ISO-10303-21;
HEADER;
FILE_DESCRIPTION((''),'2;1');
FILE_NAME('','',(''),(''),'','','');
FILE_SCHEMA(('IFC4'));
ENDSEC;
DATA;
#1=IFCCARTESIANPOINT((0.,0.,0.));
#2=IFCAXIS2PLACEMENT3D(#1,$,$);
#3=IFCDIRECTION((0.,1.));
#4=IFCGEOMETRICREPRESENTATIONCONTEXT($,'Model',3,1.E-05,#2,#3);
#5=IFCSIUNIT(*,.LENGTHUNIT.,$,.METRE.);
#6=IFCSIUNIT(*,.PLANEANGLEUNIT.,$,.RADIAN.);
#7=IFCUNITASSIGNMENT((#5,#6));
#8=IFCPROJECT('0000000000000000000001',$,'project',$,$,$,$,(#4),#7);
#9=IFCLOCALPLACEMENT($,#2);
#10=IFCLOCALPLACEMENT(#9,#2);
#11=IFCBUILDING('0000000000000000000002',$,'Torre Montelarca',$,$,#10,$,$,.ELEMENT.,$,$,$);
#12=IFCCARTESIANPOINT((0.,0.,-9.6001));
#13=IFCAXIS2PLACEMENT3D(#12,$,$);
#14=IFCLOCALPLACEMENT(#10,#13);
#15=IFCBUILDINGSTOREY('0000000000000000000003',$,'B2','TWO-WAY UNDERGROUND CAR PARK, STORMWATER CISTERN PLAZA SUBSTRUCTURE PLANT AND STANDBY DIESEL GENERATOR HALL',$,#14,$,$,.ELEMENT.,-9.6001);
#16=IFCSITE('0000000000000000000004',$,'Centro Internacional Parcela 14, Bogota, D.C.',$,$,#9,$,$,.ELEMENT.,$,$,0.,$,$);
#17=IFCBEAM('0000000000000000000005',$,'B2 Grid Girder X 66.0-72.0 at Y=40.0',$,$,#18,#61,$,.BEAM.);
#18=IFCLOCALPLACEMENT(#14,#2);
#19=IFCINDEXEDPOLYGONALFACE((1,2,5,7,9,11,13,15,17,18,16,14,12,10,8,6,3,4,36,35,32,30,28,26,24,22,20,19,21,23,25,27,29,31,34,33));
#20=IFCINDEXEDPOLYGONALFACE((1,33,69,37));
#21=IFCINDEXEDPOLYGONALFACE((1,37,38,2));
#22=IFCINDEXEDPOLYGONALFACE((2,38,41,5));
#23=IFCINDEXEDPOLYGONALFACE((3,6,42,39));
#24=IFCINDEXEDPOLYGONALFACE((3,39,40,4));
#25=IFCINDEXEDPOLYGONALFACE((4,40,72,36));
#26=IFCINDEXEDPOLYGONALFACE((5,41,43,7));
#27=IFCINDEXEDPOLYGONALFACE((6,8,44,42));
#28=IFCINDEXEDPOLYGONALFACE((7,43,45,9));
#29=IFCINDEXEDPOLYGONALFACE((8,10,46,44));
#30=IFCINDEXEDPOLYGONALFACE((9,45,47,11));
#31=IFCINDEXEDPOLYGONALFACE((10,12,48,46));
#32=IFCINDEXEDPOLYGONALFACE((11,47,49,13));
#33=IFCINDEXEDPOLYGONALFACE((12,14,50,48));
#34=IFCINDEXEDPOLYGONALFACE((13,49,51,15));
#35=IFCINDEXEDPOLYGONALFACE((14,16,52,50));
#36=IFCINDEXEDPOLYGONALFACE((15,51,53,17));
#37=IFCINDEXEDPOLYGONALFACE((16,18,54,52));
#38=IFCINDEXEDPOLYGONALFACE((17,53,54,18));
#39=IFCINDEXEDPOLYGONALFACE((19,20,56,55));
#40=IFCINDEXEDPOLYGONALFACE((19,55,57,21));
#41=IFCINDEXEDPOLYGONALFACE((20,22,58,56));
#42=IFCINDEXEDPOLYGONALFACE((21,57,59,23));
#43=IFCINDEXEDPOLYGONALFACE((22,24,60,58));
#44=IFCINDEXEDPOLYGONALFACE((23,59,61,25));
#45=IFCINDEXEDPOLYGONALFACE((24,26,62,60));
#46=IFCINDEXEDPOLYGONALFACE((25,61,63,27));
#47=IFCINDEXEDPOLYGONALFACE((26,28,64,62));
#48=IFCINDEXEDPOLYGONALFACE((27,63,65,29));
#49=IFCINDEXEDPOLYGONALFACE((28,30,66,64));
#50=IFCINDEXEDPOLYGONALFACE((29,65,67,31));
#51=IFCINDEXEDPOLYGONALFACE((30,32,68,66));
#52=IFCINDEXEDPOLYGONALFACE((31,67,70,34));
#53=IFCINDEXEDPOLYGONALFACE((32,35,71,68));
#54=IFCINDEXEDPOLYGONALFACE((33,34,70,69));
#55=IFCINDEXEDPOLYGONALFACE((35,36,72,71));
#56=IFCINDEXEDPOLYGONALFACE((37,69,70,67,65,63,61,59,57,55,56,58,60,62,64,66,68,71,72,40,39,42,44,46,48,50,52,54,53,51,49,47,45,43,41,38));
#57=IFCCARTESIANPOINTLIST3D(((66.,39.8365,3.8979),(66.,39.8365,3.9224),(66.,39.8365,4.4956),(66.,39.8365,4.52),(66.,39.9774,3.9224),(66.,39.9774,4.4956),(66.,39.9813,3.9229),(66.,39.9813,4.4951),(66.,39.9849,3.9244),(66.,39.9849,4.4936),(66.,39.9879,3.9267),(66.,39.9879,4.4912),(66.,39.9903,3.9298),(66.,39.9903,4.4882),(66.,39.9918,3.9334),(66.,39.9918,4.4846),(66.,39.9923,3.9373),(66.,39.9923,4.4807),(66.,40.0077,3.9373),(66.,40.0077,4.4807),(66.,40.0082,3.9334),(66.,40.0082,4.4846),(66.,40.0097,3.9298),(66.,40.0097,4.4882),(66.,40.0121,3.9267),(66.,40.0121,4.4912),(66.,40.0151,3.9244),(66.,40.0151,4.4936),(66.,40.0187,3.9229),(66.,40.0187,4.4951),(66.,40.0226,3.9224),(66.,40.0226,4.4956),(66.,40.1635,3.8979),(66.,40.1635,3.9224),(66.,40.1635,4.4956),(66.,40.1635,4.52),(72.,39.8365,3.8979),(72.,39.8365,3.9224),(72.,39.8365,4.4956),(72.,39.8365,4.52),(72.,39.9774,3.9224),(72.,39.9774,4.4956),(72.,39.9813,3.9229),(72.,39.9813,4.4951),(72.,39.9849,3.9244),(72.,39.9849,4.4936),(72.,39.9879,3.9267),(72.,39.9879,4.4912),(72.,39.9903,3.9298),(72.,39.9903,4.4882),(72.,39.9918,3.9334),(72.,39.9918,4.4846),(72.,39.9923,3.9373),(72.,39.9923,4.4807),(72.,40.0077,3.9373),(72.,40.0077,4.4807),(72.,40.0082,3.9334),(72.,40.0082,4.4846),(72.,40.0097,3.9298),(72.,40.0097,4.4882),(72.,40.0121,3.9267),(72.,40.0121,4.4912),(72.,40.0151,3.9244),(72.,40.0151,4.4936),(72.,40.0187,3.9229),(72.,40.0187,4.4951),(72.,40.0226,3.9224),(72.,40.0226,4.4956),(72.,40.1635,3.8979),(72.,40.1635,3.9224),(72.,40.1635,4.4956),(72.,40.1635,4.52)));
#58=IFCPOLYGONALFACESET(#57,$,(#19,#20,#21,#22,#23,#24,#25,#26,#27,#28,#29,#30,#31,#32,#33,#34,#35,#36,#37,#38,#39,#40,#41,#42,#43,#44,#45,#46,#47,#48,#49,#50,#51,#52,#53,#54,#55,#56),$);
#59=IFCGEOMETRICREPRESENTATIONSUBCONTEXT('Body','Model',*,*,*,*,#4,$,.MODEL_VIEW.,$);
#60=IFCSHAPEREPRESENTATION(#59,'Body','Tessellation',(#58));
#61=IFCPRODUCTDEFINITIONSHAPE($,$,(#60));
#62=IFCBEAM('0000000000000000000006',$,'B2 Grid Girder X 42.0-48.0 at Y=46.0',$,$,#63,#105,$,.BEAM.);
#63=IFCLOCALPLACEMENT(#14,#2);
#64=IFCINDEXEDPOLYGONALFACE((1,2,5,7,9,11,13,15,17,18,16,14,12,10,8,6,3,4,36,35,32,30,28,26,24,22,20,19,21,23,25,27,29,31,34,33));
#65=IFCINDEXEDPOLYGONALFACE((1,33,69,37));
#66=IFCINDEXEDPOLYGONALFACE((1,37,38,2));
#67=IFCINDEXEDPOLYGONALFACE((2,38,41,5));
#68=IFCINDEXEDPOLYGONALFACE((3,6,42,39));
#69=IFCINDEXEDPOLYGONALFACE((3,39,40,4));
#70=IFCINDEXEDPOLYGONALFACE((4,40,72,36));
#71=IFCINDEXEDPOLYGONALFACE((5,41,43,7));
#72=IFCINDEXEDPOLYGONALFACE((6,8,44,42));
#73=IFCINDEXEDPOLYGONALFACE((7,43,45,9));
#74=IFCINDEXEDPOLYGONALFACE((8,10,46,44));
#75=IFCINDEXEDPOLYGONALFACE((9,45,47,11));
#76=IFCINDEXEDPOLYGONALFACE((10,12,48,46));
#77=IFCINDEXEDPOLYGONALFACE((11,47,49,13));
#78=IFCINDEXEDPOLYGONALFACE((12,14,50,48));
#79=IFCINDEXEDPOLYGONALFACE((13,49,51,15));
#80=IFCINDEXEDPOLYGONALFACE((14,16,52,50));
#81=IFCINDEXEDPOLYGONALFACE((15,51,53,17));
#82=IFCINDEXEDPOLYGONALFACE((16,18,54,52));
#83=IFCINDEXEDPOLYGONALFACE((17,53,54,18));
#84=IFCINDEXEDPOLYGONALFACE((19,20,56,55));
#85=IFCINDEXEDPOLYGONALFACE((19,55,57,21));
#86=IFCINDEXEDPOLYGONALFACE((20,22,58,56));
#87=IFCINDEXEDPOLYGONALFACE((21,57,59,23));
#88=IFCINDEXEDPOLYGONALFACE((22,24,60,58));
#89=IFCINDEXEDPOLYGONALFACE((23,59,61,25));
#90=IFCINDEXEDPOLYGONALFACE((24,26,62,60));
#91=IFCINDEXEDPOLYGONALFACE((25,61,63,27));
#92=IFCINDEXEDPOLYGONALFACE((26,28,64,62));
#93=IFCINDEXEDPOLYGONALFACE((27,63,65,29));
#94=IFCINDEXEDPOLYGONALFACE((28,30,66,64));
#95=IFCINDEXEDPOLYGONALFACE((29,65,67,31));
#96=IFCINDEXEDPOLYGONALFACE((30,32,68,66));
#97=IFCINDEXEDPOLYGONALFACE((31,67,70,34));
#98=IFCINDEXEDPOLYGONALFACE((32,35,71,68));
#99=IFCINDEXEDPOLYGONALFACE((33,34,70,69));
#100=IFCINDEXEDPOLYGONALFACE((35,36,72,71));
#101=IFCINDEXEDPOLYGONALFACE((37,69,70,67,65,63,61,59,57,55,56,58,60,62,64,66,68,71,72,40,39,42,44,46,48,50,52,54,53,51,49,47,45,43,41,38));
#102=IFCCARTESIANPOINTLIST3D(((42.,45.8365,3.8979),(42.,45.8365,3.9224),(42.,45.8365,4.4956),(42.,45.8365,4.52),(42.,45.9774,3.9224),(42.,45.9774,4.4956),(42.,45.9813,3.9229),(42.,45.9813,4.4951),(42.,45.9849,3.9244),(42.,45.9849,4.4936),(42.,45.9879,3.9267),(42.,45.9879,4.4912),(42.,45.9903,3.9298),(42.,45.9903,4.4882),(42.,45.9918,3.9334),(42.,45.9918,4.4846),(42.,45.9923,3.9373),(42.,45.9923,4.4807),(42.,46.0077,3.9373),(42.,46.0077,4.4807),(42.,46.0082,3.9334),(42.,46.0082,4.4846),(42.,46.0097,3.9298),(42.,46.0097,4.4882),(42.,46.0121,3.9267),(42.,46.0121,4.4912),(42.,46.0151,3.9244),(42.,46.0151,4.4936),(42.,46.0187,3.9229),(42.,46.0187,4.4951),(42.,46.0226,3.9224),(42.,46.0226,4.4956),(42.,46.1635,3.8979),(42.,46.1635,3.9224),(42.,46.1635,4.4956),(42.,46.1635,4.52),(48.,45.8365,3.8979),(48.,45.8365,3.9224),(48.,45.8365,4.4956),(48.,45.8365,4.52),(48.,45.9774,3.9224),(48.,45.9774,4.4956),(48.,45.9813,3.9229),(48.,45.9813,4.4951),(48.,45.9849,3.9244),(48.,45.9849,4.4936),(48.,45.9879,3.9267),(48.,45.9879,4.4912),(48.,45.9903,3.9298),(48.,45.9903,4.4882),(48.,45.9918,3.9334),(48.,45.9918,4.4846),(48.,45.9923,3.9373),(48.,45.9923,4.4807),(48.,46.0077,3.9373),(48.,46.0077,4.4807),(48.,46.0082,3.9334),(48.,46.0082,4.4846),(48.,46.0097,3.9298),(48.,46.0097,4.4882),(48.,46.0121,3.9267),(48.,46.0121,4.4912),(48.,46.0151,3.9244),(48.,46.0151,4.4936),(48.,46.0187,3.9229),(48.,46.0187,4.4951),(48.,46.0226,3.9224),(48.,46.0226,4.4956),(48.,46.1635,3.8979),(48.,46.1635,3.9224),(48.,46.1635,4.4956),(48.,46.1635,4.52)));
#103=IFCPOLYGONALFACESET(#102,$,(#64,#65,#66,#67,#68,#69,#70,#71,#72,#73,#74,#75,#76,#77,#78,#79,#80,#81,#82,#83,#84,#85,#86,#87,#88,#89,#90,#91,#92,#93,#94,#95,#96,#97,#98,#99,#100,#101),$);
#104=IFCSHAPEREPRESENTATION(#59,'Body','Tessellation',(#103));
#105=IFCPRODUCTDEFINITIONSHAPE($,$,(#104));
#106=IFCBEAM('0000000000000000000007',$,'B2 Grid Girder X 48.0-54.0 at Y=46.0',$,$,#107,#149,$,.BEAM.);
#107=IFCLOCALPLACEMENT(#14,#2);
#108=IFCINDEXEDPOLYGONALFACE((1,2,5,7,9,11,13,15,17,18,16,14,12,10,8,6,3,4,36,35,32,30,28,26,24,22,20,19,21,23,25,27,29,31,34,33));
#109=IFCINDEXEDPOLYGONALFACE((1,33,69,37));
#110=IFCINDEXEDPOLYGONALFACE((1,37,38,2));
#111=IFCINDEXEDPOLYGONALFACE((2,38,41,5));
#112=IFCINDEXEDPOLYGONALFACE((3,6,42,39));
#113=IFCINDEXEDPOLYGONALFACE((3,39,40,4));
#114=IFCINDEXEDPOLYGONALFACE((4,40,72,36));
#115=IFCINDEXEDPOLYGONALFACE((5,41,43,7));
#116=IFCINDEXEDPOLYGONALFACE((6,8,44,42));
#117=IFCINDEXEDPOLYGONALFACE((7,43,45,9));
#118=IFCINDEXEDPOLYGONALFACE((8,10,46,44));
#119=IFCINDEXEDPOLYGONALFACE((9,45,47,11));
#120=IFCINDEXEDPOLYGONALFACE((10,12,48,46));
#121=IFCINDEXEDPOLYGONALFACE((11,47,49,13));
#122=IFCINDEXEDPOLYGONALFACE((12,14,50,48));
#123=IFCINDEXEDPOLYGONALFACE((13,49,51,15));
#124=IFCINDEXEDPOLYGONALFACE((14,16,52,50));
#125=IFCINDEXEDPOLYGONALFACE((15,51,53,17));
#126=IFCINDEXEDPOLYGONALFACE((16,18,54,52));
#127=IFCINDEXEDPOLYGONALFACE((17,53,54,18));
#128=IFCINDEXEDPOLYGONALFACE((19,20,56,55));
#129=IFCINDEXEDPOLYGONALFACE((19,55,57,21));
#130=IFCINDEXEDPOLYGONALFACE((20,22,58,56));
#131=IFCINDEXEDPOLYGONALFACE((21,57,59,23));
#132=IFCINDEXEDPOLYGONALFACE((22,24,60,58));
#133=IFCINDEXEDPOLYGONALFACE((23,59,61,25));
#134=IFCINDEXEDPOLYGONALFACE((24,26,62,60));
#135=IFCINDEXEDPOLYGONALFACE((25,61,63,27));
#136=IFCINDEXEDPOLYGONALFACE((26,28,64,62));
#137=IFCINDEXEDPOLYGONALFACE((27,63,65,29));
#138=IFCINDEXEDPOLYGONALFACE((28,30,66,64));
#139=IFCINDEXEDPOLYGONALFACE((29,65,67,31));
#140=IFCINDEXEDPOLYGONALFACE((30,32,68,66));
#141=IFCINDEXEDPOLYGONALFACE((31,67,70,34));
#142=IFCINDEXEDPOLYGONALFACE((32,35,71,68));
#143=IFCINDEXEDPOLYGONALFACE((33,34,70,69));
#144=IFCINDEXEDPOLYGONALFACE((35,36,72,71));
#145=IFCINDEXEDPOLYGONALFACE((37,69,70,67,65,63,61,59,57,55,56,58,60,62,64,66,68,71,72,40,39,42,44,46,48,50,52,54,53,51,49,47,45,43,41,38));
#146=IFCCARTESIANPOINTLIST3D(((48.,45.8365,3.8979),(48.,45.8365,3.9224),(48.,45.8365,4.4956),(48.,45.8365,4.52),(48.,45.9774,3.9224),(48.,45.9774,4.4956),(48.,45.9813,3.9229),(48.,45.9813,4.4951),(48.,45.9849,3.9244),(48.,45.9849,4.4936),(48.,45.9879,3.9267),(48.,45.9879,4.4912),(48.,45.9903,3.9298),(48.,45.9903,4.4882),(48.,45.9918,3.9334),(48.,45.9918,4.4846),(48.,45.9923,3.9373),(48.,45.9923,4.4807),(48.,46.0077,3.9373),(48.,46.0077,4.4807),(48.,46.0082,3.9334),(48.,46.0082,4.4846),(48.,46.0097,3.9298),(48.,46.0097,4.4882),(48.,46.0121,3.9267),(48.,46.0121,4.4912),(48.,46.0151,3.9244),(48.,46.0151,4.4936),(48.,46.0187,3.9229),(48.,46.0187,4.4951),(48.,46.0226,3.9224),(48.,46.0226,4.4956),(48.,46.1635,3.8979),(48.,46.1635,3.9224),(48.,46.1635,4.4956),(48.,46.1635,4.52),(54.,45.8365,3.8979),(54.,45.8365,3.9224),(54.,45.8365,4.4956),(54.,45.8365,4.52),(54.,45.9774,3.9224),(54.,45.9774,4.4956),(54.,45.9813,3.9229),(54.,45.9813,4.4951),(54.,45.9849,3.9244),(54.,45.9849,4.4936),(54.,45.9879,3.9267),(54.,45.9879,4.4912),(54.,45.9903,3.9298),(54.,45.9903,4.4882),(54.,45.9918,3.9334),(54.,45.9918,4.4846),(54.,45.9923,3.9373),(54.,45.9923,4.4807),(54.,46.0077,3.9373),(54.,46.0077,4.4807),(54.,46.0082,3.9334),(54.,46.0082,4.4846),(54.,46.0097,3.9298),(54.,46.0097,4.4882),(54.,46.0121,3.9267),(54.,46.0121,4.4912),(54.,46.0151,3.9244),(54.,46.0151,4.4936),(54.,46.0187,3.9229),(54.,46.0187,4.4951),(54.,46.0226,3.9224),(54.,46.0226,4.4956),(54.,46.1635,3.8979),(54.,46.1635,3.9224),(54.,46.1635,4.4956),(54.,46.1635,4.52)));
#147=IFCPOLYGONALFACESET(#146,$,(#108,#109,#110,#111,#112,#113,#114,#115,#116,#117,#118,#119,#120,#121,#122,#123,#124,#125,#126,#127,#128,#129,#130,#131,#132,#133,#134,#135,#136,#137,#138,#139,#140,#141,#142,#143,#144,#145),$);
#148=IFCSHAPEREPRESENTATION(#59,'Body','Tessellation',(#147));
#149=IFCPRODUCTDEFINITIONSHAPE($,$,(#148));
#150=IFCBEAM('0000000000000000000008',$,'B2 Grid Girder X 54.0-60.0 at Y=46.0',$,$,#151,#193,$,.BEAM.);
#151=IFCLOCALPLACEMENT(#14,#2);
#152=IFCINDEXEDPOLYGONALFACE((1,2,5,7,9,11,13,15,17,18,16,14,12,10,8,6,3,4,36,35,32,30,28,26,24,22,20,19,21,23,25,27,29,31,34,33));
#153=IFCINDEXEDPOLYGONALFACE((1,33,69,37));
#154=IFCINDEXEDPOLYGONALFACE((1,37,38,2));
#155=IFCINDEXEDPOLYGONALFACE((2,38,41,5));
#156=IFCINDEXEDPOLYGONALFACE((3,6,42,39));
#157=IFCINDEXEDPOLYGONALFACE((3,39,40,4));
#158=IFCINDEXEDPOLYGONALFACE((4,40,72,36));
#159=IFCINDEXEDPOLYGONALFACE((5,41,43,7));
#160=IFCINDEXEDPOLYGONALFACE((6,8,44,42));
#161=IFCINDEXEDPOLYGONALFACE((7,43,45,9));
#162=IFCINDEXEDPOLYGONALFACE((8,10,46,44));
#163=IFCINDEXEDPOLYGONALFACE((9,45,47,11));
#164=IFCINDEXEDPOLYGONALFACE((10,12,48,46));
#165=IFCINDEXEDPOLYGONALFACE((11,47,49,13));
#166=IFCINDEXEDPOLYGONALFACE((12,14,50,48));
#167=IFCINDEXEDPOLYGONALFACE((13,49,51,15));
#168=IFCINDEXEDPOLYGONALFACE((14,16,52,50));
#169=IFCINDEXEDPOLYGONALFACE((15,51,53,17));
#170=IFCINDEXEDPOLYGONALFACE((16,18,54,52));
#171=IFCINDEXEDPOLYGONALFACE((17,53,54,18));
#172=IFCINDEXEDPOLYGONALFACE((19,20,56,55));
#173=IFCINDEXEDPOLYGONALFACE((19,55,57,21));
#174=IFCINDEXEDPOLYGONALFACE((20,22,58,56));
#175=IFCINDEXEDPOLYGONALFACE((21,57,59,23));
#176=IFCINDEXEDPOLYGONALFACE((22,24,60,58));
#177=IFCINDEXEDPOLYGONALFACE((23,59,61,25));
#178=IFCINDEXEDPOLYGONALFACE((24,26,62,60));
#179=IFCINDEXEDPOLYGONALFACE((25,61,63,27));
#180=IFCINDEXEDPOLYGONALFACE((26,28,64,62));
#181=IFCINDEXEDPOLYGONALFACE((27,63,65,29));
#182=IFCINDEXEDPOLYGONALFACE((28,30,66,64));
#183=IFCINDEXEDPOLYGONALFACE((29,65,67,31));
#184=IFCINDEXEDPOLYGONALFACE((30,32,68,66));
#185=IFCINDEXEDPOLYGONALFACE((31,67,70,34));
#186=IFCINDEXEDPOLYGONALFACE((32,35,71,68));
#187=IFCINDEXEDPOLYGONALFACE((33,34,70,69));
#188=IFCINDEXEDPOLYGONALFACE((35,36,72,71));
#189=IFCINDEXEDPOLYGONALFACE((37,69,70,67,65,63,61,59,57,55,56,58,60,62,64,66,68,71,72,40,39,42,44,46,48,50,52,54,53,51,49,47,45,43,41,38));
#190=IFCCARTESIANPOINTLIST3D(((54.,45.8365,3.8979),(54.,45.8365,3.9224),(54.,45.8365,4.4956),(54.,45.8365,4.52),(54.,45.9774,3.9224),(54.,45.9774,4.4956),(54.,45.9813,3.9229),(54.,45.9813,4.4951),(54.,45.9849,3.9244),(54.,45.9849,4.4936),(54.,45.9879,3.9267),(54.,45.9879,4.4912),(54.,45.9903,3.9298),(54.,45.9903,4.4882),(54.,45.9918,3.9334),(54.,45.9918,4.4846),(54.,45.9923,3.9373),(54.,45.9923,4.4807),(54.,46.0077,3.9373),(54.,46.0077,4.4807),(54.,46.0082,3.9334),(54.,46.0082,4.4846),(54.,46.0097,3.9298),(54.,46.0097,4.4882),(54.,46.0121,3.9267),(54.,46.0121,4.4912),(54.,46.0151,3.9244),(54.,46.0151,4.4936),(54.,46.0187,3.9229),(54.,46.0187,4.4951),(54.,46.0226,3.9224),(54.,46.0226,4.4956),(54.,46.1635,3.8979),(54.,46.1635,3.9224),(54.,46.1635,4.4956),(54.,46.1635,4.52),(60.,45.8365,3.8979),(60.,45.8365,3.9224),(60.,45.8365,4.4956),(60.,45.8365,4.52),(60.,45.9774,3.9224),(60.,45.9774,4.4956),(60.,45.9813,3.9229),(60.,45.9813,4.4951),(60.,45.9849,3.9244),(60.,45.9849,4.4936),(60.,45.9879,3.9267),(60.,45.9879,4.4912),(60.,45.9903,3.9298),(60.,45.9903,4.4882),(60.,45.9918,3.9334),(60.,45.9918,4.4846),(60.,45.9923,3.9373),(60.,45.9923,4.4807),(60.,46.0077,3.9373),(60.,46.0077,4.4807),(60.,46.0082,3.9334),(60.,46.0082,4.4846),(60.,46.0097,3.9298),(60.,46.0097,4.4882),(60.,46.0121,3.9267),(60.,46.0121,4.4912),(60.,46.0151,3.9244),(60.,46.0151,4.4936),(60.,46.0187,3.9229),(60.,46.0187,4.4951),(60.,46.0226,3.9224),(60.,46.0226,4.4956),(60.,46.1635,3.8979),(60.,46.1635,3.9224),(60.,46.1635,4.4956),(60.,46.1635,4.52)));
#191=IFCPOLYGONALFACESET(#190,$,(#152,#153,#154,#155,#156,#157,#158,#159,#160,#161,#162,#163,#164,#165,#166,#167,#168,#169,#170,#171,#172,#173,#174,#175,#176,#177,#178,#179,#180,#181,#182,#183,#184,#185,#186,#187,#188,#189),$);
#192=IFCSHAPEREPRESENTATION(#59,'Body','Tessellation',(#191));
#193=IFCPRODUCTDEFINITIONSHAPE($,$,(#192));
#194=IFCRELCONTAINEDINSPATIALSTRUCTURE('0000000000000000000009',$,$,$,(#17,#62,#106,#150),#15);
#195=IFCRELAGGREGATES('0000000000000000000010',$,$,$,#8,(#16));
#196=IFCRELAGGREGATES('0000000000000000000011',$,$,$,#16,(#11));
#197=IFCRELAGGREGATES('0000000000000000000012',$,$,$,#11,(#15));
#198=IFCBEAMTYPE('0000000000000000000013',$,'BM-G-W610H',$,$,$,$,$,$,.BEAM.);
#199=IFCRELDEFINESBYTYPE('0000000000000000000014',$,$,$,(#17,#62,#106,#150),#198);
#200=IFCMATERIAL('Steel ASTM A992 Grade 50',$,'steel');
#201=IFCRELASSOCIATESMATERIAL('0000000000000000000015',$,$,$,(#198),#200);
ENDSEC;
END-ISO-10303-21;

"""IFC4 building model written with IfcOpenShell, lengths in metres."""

from ifc_helpers import new_model, si_unit, direction, frame, origin, origin_2d, place, context, subcontext, project, spatial, i_section, extrude, source, transform, mapped, material, material_profile, profile_set, type_object, element, save


model = new_model("IFC4")

# Units and contexts
model_context = context("Model", 3, precision=1e-05, world=origin(), true_north=direction((0.0, 1.0)))
body_context = subcontext(model_context, "Body", "Model", "MODEL_VIEW")
ifc_project = project(units=[si_unit("LENGTHUNIT", "METRE"), si_unit("PLANEANGLEUNIT", "RADIAN")], contexts=[model_context])

# Site, building, storey
site_placement = place(None, origin())
site = spatial("IfcSite", under=ifc_project, at=site_placement, Name="Centro Internacional Parcela 14, Bogota, D.C.", CompositionType="ELEMENT", RefElevation=0.0)
building_placement = place(site_placement, origin())
building = spatial("IfcBuilding", under=site, at=building_placement, Name="Torre Montelarca", CompositionType="ELEMENT")
storey_placement = place(building_placement, frame((0.0, 0.0, -9.6001)))
storey = spatial("IfcBuildingStorey", under=building, at=storey_placement, Name="B2", Description="TWO-WAY UNDERGROUND CAR PARK, STORMWATER CISTERN PLAZA SUBSTRUCTURE PLANT AND STANDBY DIESEL GENERATOR HALL", CompositionType="ELEMENT", Elevation=-9.6001)

# Beams
ifc_material_1 = material(Name="Steel ASTM A992 Grade 50", Category="steel")
ifc_material_profile_1 = material_profile(ifc_material_1, i_section(OverallWidth=0.3269, OverallDepth=0.6221, WebThickness=0.0154, FlangeThickness=0.0244, FilletRadius=0.0149, at=origin_2d()), Name="W610X195", Category="steel")
ifc_profile_set_1 = profile_set([ifc_material_profile_1], Name="Steel ASTM A992 Grade 50")
beam_type = type_object("IfcBeamType", Name="BM-G-W610H", PredefinedType="BEAM", material=ifc_profile_set_1)
shared_shape_1 = source(origin(), body_context, "Body", "SweptSolid", [
    extrude(i_section(OverallWidth=0.3269, OverallDepth=0.6221, WebThickness=0.0154, FlangeThickness=0.0244, FilletRadius=0.0149, at=origin_2d()), origin(), (0.0, 0.0, 1.0), 6.0),
])
for number, where, z_axis, x_axis, name in (
    (1, (66.0, 40.0, 4.209), (1.0, 0.0, 0.0), (0.0, 1.0, 0.0), "B2 Grid Girder X 66.0-72.0 at Y=40.0"),
    (2, (42.0, 46.0, 4.209), (1.0, 0.0, 0.0), (0.0, 1.0, 0.0), "B2 Grid Girder X 42.0-48.0 at Y=46.0"),
    (3, (48.0, 46.0, 4.209), (1.0, 0.0, 0.0), (0.0, 1.0, 0.0), "B2 Grid Girder X 48.0-54.0 at Y=46.0"),
    (4, (54.0, 46.0, 4.209), (1.0, 0.0, 0.0), (0.0, 1.0, 0.0), "B2 Grid Girder X 54.0-60.0 at Y=46.0"),
):
    element("IfcBeam", number, at=place(storey_placement, frame(where, z_axis=z_axis, x_axis=x_axis)), inside=storey, type_object=beam_type, Name=name, PredefinedType="BEAM", context=body_context, shape_type="MappedRepresentation", body=[
        mapped(shared_shape_1, transform((0.0, 0.0, 0.0), scale=1.0)),
    ])

save(model, "model.ifc")
